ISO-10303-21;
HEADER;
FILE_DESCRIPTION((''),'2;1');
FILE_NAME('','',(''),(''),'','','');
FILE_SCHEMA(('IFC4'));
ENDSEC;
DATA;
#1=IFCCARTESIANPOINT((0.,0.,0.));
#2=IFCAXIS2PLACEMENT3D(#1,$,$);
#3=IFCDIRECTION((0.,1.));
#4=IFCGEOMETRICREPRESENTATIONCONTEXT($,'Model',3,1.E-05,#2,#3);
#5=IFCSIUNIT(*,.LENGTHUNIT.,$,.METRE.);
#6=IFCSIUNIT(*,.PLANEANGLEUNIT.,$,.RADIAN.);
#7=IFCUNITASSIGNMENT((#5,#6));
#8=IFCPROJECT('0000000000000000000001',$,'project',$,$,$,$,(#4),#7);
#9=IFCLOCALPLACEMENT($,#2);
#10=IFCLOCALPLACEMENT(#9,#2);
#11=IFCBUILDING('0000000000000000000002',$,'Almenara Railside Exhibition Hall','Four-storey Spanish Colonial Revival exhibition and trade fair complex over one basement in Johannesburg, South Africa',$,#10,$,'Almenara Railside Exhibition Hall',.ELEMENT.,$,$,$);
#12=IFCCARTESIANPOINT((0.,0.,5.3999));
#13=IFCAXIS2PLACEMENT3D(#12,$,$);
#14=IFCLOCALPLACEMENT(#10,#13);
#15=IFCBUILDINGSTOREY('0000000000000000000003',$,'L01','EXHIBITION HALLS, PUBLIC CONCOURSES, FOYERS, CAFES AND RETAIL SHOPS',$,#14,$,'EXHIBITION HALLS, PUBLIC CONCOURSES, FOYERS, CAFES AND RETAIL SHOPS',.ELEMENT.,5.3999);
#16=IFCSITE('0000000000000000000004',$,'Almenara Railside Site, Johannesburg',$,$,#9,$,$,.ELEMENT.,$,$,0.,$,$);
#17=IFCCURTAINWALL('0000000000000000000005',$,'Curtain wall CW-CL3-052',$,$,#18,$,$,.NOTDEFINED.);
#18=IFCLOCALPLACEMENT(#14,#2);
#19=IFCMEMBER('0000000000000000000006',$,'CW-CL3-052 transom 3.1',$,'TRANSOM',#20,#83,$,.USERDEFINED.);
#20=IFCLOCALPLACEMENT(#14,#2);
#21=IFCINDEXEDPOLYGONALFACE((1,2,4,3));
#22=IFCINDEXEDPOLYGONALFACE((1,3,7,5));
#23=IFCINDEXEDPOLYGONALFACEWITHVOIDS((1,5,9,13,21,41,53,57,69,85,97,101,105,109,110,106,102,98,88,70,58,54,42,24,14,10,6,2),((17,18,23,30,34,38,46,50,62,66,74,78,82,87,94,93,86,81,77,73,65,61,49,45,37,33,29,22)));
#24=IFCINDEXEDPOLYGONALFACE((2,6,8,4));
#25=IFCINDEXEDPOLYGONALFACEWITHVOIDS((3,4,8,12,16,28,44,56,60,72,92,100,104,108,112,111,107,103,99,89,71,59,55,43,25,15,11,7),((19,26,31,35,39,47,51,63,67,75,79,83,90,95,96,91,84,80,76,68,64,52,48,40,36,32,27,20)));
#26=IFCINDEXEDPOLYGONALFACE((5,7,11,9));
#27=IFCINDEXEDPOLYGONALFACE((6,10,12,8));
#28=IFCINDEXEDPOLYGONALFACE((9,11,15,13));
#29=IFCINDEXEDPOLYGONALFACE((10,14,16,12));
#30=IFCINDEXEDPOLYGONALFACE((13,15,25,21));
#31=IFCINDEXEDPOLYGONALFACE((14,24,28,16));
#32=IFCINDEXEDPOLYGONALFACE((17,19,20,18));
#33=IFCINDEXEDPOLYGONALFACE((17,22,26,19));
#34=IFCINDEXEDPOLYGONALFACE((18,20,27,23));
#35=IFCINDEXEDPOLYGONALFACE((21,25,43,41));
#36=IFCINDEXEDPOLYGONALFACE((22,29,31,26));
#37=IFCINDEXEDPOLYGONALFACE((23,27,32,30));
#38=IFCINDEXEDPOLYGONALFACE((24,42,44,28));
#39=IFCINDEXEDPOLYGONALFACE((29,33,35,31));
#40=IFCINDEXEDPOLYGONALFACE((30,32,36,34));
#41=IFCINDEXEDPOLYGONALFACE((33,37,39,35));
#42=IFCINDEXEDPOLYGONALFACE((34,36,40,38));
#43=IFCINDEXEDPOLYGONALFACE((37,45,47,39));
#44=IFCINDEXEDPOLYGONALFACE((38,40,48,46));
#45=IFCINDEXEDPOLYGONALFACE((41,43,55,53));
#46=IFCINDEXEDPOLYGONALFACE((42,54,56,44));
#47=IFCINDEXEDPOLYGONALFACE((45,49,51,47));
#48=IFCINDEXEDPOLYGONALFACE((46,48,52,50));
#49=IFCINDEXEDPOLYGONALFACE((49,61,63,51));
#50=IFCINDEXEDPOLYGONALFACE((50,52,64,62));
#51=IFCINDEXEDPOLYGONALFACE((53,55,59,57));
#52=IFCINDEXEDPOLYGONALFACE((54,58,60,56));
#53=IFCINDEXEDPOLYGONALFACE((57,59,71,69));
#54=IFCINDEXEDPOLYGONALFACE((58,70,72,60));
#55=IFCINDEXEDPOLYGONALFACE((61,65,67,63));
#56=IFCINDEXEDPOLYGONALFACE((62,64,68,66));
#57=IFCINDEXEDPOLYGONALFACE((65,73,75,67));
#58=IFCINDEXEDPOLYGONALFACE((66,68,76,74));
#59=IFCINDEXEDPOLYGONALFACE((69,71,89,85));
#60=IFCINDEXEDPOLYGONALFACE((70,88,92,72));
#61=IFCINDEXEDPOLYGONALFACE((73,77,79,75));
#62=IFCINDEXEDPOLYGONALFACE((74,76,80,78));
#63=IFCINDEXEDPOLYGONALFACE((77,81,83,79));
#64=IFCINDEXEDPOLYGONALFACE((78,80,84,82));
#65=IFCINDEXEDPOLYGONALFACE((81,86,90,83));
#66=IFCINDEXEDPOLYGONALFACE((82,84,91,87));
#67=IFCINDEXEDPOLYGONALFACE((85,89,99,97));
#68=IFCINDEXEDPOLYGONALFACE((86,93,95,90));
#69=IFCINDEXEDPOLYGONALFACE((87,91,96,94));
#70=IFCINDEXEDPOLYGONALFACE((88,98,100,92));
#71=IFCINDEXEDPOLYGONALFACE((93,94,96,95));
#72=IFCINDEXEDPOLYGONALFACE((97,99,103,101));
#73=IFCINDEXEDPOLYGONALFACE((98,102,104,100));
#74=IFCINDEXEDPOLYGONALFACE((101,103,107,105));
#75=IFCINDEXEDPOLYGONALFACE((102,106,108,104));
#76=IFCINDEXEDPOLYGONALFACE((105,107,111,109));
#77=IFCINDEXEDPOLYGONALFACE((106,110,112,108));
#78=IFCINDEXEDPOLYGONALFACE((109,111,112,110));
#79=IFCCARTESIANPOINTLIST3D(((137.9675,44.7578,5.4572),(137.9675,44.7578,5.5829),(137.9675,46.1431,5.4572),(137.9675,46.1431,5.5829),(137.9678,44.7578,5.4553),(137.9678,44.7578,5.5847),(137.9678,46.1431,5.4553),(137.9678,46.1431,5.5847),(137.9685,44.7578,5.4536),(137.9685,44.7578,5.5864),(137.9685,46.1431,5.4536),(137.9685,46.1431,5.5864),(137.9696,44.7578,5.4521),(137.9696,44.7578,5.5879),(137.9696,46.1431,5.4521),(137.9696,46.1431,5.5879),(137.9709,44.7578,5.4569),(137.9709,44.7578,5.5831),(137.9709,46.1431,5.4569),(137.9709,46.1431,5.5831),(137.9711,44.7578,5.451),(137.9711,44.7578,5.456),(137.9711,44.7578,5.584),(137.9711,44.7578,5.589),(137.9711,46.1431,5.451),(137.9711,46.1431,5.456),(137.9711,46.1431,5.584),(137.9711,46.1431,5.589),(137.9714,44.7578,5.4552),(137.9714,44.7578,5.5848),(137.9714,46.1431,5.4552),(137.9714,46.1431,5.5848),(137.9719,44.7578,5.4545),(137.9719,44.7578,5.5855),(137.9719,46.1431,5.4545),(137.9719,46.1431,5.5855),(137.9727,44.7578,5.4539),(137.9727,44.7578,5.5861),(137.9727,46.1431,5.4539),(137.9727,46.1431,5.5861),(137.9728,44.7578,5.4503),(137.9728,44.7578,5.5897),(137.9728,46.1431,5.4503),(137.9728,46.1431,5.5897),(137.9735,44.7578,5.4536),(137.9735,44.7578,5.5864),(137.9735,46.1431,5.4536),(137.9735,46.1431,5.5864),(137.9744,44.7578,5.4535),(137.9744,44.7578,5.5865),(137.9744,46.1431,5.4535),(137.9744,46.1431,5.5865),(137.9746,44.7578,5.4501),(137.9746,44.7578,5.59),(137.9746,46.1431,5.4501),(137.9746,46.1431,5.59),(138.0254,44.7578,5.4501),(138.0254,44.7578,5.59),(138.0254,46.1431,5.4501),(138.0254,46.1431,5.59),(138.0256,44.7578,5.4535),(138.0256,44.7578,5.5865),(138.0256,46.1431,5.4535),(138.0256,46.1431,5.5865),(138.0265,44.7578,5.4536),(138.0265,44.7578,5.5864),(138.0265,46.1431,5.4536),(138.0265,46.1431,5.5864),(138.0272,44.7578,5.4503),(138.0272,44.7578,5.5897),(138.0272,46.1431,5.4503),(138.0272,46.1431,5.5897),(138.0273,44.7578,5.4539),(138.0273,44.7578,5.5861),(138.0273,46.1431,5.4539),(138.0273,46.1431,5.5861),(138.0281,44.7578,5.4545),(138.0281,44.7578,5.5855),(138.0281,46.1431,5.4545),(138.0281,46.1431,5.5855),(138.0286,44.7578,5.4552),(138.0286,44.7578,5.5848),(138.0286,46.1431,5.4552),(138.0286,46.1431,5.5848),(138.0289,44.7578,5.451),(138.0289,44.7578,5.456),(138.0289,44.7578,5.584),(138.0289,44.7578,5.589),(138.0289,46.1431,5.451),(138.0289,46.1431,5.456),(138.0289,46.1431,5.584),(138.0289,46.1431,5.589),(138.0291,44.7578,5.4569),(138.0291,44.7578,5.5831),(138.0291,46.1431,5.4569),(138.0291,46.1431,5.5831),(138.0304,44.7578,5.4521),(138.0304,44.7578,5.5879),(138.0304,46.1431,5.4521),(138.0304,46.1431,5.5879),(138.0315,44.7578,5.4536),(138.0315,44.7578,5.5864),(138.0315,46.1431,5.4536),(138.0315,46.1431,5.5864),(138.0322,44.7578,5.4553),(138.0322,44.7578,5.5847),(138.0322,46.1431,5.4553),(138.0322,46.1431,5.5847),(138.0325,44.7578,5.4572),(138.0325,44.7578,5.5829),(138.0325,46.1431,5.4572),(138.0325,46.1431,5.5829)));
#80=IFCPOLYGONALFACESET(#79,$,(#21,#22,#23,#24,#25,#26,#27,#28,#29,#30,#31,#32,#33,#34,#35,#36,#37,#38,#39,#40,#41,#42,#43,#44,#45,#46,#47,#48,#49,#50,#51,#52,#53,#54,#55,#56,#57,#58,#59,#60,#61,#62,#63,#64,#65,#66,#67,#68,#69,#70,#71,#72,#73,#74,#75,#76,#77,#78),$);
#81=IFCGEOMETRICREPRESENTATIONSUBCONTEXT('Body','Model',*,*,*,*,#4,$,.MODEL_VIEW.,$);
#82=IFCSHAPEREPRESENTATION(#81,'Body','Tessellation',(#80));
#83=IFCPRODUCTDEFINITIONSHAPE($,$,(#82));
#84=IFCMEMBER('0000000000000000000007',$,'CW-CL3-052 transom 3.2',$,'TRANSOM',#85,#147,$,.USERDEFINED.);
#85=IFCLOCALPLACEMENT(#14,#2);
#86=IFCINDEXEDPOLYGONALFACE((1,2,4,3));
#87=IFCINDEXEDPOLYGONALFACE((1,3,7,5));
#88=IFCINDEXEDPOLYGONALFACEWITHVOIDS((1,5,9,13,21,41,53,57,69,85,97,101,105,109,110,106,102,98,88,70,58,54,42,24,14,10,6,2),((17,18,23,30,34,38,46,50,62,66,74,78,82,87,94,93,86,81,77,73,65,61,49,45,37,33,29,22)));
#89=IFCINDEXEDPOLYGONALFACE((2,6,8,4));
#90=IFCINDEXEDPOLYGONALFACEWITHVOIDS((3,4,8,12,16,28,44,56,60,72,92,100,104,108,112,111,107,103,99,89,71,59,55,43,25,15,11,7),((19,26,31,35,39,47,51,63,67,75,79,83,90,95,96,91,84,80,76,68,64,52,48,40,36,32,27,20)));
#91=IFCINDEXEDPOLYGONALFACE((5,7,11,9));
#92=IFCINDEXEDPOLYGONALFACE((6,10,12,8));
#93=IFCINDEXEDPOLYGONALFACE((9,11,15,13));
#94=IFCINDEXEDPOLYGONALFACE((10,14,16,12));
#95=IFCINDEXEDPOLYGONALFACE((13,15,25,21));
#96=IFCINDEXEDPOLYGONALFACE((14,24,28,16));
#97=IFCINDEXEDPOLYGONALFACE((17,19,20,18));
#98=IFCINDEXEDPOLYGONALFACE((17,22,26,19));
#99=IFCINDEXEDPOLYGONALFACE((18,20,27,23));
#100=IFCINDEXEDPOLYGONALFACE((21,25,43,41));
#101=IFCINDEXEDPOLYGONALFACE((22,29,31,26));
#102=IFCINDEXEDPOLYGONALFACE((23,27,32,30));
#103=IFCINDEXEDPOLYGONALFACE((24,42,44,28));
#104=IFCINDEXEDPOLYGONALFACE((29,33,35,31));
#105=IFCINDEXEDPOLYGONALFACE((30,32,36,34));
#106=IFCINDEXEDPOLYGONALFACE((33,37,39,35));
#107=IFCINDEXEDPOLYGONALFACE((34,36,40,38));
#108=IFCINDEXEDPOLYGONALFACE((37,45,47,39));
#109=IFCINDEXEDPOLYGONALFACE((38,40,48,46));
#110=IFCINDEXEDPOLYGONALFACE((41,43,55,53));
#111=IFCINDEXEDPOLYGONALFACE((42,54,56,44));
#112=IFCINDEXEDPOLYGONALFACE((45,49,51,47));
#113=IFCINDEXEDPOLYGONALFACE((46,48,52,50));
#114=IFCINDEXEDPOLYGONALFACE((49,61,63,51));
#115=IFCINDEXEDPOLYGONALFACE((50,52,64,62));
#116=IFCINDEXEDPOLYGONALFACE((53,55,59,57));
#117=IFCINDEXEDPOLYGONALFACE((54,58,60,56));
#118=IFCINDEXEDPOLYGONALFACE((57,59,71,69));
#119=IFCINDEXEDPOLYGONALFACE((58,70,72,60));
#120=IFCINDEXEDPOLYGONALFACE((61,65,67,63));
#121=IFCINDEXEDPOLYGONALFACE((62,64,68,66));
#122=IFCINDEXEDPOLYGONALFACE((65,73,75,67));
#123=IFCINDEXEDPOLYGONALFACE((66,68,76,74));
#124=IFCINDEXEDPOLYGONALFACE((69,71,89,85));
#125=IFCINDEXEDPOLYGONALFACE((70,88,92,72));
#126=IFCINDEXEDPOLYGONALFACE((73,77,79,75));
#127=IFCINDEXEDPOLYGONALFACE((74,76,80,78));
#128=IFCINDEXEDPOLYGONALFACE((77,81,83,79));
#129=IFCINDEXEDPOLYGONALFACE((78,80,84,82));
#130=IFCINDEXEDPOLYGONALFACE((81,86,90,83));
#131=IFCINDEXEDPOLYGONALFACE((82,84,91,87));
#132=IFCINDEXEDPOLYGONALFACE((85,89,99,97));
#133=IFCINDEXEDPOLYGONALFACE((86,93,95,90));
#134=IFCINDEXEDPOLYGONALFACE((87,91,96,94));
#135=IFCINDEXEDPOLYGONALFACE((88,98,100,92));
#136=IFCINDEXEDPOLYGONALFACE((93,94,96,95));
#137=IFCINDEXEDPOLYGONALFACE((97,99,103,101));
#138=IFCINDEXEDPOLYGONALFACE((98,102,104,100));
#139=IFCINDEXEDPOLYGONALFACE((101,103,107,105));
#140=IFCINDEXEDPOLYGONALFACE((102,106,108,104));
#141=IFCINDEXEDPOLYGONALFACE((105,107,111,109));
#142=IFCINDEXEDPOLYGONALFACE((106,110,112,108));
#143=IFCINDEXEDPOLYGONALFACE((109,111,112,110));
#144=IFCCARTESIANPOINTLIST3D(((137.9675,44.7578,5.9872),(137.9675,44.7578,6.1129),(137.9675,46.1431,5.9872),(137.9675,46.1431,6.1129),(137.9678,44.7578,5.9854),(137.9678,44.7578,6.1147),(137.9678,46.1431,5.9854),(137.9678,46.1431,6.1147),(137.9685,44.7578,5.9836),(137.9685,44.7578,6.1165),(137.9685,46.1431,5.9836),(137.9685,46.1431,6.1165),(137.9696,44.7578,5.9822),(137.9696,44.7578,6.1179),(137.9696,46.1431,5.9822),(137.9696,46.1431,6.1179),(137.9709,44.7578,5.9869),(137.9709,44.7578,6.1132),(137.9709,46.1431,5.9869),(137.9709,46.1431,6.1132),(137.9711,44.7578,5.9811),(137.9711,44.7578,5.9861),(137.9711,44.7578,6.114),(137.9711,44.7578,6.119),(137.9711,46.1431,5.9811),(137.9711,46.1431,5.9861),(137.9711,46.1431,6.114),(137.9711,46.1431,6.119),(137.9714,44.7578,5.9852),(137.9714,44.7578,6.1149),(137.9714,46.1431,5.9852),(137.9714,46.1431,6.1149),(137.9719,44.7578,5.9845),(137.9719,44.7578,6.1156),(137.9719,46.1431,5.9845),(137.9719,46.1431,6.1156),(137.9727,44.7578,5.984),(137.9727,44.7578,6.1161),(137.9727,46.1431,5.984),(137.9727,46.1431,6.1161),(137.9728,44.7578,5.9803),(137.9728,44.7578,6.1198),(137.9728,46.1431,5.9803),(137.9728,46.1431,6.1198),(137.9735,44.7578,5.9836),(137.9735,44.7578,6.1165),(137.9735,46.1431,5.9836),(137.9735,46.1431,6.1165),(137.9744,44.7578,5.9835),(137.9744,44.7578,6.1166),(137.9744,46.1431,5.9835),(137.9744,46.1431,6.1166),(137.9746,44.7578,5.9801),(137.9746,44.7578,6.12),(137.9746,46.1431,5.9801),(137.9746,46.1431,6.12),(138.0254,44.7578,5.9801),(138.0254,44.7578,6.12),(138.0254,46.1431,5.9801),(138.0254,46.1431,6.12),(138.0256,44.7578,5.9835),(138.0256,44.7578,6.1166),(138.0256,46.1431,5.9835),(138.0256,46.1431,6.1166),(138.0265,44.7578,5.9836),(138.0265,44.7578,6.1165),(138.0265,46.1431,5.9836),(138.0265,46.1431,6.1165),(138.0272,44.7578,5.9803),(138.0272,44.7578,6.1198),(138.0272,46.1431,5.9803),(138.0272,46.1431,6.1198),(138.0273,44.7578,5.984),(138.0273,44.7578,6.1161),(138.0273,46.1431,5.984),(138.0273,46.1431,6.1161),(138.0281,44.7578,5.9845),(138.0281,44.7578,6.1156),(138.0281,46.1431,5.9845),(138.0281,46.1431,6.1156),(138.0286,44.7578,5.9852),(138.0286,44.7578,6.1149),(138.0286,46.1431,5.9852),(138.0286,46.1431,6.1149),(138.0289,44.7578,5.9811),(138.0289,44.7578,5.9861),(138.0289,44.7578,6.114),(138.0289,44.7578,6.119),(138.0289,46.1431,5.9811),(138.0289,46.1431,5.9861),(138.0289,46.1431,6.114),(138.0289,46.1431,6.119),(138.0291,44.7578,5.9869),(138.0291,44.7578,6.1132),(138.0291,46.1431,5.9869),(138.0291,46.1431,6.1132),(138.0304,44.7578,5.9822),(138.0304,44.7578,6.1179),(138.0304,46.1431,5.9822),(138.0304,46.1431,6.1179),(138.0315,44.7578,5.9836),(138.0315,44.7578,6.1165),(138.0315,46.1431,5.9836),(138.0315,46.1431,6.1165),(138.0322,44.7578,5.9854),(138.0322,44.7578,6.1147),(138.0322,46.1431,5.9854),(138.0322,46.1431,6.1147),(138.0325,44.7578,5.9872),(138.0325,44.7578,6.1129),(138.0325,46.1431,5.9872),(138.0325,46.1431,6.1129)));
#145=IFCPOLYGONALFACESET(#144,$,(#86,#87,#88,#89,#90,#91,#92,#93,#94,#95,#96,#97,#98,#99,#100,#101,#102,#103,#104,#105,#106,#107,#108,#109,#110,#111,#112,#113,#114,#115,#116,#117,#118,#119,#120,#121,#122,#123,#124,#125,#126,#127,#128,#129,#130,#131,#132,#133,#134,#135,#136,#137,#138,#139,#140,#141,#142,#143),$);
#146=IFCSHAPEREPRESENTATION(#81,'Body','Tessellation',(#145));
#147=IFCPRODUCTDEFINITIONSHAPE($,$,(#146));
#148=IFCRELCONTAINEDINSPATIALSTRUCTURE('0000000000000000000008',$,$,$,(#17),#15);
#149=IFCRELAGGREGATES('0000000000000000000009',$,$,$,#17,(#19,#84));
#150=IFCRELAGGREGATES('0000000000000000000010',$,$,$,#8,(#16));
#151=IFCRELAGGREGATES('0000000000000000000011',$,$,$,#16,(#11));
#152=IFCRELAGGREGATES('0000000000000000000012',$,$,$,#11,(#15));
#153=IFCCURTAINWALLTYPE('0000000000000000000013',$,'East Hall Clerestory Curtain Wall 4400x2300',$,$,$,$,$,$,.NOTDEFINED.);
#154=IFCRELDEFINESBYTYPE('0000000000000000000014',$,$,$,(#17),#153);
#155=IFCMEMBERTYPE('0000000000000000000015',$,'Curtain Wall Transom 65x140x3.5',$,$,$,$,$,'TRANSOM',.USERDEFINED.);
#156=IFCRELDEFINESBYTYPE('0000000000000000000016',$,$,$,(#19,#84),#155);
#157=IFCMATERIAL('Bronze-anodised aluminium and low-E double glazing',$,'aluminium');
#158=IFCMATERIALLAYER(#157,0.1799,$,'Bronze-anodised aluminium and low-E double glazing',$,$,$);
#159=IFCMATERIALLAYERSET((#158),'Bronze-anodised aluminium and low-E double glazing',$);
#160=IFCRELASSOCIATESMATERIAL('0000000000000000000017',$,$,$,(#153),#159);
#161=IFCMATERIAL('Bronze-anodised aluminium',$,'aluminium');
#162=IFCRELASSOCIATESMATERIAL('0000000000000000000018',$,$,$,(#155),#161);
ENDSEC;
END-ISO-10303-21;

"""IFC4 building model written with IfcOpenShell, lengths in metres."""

from ifc_helpers import new_model, si_unit, direction, frame, origin, origin_2d, place, context, subcontext, project, spatial, hollow_rectangle, extrude, material, layer, layer_set, material_profile, profile_set, type_object, element, aggregate, save


model = new_model("IFC4")

# Units and contexts
model_context = context("Model", 3, precision=1e-05, world=origin(), true_north=direction((0.0, 1.0)))
body_context = subcontext(model_context, "Body", "Model", "MODEL_VIEW")
ifc_project = project(units=[si_unit("LENGTHUNIT", "METRE"), si_unit("PLANEANGLEUNIT", "RADIAN")], contexts=[model_context])

# Site, building, storey
site_placement = place(None, origin())
site = spatial("IfcSite", under=ifc_project, at=site_placement, Name="Almenara Railside Site, Johannesburg", CompositionType="ELEMENT", RefElevation=0.0)
building_placement = place(site_placement, origin())
building = spatial("IfcBuilding", under=site, at=building_placement, Name="Almenara Railside Exhibition Hall", Description="Four-storey Spanish Colonial Revival exhibition and trade fair complex over one basement in Johannesburg, South Africa", LongName="Almenara Railside Exhibition Hall", CompositionType="ELEMENT")
storey_placement = place(building_placement, frame((0.0, 0.0, 5.3999)))
storey = spatial("IfcBuildingStorey", under=building, at=storey_placement, Name="L01", Description="EXHIBITION HALLS, PUBLIC CONCOURSES, FOYERS, CAFES AND RETAIL SHOPS", LongName="EXHIBITION HALLS, PUBLIC CONCOURSES, FOYERS, CAFES AND RETAIL SHOPS", CompositionType="ELEMENT", Elevation=5.3999)

# Curtain wall, members
ifc_material_1 = material(Name="Bronze-anodised aluminium and low-E double glazing", Category="aluminium")
ifc_layer_1 = layer(ifc_material_1, 0.1799, Name="Bronze-anodised aluminium and low-E double glazing")
ifc_layer_set_1 = layer_set([ifc_layer_1], Name="Bronze-anodised aluminium and low-E double glazing")
curtain_wall_type = type_object("IfcCurtainWallType", Name="East Hall Clerestory Curtain Wall 4400x2300", PredefinedType="NOTDEFINED", material=ifc_layer_set_1)
curtain_wall_placement = place(storey_placement, origin())
curtain_wall = element("IfcCurtainWall", 1, at=curtain_wall_placement, inside=storey, type_object=curtain_wall_type, Name="Curtain wall CW-CL3-052", PredefinedType="NOTDEFINED")
ifc_material_2 = material(Name="Bronze-anodised aluminium", Category="aluminium")
ifc_material_profile_1 = material_profile(ifc_material_2, hollow_rectangle(XDim=0.0649, YDim=0.1399, WallThickness=0.0034, InnerFilletRadius=0.0034, OuterFilletRadius=0.0071, at=origin_2d()), Name="ALU-TRN 65x140x3.5")
ifc_profile_set_1 = profile_set([ifc_material_profile_1], Name="Bronze-anodised aluminium")
member_type_1 = type_object("IfcMemberType", Name="Curtain Wall Transom 65x140x3.5", ElementType="TRANSOM", PredefinedType="USERDEFINED", material=ifc_profile_set_1)
member_1_placement = place(storey_placement, frame((138.0, 44.7578, 5.52), z_axis=(0.0, 1.0, 0.0), x_axis=(-1.0, 0.0, 0.0)))
member_1 = element("IfcMember", 2, at=member_1_placement, type_object=member_type_1, Name="CW-CL3-052 transom 3.1", ObjectType="TRANSOM", PredefinedType="USERDEFINED", context=body_context, shape_type="SweptSolid", body=[
    extrude(hollow_rectangle(XDim=0.0649, YDim=0.1399, WallThickness=0.0034, InnerFilletRadius=0.0034, OuterFilletRadius=0.0071, at=origin_2d()), origin(), (0.0, 0.0, 1.0), 1.3853),
])
member_2_placement = place(storey_placement, frame((138.0, 44.7578, 6.05), z_axis=(0.0, 1.0, 0.0), x_axis=(-1.0, 0.0, 0.0)))
member_2 = element("IfcMember", 3, at=member_2_placement, type_object=member_type_1, Name="CW-CL3-052 transom 3.2", ObjectType="TRANSOM", PredefinedType="USERDEFINED", context=body_context, shape_type="SweptSolid", body=[
    extrude(hollow_rectangle(XDim=0.0649, YDim=0.1399, WallThickness=0.0034, InnerFilletRadius=0.0034, OuterFilletRadius=0.0071, at=origin_2d()), origin(), (0.0, 0.0, 1.0), 1.3853),
])
aggregate(curtain_wall, [member_1, member_2])

save(model, "model.ifc")
